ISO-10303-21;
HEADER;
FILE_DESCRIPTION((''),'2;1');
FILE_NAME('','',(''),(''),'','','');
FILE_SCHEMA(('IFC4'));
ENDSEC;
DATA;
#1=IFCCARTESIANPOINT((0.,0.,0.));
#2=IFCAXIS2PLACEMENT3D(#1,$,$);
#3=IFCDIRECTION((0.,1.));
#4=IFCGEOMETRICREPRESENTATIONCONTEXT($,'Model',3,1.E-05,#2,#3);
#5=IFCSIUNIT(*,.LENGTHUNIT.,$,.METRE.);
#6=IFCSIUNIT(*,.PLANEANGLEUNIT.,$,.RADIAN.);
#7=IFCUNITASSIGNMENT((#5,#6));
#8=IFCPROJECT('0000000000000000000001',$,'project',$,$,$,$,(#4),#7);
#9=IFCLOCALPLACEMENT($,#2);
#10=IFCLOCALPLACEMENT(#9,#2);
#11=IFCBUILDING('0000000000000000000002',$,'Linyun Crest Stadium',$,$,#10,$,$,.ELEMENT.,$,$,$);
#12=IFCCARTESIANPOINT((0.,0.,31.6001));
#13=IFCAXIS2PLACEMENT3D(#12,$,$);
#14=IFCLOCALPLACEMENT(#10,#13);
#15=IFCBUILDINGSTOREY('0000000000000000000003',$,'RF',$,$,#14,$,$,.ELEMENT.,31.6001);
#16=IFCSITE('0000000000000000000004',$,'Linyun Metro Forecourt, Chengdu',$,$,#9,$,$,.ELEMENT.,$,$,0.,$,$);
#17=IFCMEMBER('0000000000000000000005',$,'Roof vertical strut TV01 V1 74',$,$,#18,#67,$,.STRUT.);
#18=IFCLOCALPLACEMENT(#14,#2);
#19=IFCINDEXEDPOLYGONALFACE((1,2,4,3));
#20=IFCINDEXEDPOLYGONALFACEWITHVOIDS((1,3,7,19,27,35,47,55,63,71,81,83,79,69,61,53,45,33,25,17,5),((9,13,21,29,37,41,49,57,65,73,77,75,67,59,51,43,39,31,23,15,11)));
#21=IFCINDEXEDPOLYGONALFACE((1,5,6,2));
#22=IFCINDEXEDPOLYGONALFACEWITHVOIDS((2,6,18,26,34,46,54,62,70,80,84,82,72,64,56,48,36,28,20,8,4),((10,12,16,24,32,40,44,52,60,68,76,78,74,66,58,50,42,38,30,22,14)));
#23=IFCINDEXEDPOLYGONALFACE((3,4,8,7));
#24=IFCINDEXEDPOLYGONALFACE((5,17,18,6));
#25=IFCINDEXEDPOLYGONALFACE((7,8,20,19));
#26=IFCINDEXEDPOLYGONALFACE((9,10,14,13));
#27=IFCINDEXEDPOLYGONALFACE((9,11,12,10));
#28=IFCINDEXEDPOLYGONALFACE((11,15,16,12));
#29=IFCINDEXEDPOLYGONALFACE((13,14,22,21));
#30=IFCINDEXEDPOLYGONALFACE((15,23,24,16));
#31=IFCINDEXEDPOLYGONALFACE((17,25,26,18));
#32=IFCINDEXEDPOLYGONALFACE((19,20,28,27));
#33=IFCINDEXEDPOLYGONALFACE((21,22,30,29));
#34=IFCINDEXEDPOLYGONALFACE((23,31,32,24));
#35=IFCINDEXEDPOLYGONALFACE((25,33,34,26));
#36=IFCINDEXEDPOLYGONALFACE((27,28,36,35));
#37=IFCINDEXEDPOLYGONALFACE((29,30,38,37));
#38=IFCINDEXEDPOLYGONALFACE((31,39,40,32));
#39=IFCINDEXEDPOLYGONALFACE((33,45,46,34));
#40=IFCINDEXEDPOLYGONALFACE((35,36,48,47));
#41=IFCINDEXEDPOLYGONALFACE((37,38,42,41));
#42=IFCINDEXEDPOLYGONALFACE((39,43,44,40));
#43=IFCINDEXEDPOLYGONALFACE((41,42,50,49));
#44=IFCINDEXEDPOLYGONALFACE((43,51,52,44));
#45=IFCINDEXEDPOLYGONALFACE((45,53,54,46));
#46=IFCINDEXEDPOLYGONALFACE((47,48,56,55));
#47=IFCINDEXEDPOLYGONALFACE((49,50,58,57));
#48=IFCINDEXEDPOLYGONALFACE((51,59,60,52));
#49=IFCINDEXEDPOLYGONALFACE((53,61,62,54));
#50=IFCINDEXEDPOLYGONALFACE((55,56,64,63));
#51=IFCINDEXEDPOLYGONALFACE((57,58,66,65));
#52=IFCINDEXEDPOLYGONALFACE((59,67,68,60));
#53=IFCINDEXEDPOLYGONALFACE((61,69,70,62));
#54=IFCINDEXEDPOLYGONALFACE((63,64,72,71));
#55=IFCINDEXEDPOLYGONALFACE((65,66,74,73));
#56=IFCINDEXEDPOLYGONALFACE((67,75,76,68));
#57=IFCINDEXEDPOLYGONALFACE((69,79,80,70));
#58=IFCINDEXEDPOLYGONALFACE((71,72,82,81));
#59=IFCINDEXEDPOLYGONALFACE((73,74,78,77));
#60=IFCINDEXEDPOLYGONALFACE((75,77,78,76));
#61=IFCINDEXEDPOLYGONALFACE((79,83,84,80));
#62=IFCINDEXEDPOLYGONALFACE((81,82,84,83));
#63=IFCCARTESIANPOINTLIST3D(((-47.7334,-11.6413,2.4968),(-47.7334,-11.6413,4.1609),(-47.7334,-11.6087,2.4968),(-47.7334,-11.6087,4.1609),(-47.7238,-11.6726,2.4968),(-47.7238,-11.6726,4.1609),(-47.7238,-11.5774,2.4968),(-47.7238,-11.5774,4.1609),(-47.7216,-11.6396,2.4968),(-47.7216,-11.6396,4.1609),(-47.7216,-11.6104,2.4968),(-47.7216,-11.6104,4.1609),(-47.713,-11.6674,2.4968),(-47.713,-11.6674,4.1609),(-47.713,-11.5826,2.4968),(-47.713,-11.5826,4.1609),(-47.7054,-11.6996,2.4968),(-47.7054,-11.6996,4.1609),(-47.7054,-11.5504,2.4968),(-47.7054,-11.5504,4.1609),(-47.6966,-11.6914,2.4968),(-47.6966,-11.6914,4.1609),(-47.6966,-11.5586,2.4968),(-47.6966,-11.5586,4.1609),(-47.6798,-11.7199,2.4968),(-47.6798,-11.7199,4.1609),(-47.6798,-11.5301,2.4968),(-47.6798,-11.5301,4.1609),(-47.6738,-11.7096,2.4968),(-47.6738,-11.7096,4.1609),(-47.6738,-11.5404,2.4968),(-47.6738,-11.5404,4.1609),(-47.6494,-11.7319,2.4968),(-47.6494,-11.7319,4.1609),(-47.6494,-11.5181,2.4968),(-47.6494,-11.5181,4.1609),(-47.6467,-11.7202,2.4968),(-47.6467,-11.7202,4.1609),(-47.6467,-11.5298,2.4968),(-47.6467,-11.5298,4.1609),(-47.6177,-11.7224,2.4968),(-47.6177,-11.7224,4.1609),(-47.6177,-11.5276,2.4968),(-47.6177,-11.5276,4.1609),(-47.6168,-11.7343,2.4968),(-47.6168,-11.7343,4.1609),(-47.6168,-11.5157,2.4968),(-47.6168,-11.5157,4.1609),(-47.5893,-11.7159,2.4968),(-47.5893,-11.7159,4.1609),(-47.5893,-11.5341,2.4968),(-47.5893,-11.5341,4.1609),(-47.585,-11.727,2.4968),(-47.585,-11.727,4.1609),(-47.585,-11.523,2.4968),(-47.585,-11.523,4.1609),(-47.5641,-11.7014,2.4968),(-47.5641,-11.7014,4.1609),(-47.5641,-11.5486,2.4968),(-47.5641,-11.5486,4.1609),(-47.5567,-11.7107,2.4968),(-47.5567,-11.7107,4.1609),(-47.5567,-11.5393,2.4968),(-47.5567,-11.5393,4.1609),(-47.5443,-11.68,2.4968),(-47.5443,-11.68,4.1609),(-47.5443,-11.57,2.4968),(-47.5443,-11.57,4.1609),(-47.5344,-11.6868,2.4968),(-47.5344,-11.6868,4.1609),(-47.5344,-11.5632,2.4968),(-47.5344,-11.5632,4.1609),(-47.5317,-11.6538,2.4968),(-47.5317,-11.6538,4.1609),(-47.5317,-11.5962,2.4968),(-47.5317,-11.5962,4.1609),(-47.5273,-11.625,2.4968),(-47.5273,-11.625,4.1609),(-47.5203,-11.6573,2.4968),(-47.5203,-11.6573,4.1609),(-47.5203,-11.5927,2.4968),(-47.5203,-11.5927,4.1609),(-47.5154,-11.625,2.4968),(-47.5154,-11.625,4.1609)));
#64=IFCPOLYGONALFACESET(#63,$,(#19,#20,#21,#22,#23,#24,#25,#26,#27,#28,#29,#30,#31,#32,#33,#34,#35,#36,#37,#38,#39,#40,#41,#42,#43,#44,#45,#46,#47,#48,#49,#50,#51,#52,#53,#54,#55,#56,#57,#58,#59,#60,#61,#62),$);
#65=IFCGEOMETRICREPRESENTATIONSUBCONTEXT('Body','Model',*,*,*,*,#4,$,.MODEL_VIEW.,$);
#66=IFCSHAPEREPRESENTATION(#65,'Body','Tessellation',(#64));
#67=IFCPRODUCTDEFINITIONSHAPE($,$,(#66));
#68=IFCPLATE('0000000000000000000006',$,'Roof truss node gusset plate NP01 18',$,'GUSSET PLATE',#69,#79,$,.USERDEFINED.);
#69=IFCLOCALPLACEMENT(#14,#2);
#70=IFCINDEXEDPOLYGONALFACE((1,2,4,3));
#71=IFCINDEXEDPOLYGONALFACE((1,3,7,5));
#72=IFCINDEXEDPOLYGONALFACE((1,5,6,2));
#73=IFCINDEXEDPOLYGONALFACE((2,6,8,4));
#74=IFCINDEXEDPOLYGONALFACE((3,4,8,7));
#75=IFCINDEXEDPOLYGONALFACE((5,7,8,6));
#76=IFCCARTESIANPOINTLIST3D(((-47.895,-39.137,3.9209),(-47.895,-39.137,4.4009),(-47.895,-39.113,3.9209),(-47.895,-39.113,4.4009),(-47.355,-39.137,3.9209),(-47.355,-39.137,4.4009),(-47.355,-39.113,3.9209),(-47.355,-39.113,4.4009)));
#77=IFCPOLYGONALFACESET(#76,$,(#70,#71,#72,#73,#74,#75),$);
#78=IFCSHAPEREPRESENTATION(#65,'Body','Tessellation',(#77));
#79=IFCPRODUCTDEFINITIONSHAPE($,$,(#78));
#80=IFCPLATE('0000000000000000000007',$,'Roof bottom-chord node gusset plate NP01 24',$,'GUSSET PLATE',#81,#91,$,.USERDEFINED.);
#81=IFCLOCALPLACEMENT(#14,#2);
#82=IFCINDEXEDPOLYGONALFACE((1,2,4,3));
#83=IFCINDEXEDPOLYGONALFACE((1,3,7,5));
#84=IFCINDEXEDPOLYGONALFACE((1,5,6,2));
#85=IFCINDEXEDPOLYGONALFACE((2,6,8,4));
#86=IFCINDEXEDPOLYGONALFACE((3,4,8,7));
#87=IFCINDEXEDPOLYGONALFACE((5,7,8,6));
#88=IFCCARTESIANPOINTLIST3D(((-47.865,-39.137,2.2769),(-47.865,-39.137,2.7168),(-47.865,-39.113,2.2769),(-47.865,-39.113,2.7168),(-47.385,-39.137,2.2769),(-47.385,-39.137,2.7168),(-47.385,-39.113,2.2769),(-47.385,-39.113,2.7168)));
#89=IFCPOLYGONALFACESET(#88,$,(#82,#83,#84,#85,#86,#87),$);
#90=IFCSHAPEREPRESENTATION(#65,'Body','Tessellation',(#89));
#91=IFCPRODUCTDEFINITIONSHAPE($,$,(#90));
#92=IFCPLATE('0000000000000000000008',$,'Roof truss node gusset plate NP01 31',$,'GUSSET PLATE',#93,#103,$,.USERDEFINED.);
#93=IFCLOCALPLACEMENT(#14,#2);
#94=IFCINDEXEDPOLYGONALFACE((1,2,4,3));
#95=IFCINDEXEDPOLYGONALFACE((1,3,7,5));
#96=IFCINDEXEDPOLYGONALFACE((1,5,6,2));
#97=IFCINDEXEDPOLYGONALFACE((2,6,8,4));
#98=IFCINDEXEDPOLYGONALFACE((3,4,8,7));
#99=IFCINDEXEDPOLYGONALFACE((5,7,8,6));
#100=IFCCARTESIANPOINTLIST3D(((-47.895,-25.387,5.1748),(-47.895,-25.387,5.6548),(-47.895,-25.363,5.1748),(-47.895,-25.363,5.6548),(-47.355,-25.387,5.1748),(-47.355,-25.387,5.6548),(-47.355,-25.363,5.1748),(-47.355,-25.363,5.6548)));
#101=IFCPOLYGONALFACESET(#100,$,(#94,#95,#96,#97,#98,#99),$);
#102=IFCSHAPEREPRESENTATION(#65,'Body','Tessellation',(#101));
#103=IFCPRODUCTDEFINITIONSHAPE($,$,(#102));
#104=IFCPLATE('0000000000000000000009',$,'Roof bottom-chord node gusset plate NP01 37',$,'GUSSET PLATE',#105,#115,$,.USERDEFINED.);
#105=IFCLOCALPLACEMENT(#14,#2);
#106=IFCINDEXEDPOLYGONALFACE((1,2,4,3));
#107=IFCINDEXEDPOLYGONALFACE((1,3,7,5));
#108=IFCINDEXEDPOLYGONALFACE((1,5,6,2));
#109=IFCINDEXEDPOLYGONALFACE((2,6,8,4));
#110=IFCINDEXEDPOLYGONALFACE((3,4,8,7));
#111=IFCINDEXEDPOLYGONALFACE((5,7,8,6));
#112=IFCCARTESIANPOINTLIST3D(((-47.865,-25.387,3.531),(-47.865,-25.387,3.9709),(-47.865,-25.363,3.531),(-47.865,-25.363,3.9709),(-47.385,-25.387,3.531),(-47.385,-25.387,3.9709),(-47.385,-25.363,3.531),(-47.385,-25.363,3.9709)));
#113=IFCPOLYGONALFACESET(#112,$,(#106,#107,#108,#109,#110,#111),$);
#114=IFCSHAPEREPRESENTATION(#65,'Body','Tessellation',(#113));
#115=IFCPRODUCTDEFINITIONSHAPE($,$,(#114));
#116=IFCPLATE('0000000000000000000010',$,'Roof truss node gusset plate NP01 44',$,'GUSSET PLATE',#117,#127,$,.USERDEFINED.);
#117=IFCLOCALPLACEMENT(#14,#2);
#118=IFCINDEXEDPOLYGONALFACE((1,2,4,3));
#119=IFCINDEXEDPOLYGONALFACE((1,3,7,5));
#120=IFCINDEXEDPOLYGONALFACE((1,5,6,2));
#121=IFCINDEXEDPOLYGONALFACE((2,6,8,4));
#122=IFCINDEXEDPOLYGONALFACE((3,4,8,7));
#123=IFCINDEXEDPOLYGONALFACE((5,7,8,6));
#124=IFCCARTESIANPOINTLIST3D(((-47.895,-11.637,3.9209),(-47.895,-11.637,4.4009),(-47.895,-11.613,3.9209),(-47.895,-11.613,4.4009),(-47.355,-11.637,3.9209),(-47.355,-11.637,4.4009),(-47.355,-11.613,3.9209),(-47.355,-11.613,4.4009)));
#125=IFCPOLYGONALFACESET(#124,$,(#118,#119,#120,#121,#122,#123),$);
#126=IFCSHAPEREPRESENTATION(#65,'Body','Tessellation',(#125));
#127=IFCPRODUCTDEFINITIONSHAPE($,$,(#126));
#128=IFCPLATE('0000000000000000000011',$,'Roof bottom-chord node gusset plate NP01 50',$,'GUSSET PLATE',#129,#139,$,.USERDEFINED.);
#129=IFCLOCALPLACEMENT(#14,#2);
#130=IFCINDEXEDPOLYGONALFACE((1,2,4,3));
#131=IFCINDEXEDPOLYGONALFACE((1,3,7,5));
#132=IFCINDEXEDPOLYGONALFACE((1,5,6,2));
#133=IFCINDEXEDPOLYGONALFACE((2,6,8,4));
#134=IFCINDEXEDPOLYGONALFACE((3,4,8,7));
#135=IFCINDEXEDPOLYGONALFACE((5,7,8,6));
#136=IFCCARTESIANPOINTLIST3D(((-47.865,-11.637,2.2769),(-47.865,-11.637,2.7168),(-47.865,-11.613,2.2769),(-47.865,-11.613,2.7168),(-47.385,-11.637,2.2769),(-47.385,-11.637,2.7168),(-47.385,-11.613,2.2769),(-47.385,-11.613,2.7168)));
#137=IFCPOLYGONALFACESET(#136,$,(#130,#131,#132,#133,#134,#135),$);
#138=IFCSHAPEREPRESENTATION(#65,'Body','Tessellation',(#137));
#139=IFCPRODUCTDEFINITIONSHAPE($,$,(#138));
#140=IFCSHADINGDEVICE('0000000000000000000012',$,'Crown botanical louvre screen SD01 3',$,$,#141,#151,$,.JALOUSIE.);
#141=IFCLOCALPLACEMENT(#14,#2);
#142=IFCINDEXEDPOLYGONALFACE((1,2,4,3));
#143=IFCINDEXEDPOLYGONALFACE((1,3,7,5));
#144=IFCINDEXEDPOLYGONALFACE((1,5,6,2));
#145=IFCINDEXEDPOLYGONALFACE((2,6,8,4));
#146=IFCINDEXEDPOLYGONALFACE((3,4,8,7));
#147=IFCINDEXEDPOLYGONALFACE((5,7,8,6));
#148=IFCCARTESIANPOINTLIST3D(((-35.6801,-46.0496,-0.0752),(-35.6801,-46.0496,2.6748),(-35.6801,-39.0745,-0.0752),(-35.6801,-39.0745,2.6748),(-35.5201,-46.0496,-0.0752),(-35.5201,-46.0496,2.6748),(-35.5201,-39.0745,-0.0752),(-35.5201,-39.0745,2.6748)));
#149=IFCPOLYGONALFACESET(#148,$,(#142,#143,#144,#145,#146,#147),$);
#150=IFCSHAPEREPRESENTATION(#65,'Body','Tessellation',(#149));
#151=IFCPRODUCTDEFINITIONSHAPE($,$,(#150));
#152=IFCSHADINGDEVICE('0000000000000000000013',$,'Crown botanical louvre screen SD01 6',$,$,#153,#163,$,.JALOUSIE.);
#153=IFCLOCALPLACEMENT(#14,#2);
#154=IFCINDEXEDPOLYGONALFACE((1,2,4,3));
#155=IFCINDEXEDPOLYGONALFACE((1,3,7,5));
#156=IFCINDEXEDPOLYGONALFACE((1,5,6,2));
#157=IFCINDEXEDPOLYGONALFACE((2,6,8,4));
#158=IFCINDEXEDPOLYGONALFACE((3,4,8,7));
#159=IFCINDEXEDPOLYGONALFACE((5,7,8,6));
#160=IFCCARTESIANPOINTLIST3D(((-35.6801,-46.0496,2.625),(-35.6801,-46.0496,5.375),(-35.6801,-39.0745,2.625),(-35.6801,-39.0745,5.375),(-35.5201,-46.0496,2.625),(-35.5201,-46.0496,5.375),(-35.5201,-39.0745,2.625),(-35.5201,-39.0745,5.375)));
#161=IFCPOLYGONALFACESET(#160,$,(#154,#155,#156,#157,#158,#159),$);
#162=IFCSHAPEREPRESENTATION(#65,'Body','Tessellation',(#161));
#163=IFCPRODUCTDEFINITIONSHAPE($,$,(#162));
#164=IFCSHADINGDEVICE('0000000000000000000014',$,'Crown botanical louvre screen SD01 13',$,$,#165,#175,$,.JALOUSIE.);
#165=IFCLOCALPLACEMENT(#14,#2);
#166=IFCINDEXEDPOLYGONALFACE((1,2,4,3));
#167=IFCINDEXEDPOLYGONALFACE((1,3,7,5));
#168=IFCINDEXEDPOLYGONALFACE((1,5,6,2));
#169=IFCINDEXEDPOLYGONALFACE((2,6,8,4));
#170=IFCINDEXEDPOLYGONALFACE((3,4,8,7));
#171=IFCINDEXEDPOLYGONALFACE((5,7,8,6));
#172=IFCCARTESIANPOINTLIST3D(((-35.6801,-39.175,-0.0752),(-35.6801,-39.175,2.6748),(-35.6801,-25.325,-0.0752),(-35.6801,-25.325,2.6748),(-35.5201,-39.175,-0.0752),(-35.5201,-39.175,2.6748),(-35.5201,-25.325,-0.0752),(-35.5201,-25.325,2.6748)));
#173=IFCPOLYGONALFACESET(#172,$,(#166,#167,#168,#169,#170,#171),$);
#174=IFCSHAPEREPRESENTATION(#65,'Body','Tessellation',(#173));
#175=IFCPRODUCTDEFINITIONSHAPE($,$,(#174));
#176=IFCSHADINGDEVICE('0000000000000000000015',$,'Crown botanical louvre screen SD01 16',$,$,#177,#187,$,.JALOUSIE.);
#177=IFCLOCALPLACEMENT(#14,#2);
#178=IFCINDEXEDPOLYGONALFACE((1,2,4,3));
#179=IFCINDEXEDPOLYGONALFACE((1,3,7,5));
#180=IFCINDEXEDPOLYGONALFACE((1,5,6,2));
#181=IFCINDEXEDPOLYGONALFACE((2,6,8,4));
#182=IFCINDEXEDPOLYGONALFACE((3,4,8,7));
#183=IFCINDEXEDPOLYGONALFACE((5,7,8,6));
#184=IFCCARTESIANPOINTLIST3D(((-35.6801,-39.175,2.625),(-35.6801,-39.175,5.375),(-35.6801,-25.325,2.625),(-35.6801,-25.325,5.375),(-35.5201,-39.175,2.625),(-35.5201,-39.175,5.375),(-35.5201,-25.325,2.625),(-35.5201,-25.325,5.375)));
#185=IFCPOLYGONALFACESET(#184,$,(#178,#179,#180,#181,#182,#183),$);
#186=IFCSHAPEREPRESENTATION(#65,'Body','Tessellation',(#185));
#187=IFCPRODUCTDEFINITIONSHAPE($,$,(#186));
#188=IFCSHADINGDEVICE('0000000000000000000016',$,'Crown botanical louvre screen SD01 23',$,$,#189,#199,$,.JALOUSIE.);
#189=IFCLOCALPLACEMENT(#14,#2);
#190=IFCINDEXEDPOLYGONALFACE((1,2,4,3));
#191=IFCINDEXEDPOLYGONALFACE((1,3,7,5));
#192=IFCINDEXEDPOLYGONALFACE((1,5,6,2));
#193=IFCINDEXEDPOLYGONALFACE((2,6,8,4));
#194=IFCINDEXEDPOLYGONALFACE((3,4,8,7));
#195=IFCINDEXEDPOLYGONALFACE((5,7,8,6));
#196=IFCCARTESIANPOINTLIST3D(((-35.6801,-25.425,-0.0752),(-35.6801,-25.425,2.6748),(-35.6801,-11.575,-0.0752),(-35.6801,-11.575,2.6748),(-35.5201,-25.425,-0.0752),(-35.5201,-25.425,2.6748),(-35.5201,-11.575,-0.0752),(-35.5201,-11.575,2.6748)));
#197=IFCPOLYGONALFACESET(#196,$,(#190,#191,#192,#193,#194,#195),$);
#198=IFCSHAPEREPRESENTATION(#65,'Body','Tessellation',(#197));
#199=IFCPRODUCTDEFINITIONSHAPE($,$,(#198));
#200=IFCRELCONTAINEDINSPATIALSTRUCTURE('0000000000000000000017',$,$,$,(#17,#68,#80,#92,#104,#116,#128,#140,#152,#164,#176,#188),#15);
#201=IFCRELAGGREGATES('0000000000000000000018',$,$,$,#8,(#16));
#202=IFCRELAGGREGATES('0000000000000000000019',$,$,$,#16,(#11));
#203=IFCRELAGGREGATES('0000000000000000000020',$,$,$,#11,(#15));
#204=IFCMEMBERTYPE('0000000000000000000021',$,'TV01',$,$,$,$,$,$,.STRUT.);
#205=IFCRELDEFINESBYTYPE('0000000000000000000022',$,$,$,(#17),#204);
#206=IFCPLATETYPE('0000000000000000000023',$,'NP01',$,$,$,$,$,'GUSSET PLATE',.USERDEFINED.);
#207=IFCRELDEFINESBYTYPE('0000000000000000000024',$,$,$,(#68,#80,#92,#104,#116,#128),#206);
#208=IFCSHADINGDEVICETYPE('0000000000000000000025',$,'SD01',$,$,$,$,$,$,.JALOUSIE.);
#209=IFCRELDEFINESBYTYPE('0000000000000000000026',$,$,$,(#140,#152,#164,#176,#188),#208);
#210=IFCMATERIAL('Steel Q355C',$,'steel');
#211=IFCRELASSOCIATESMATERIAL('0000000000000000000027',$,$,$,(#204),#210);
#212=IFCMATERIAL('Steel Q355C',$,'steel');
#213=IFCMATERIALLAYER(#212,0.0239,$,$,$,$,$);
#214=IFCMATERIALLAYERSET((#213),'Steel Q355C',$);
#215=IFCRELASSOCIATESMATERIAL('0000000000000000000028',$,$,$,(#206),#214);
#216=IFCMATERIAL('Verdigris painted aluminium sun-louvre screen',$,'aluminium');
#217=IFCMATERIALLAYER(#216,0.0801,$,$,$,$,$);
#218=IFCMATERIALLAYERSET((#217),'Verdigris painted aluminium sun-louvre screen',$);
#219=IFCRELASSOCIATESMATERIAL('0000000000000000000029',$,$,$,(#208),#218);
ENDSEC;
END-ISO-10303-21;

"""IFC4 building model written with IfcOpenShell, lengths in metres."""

from ifc_helpers import new_model, si_unit, direction, frame, origin, origin_2d, place, context, subcontext, project, spatial, rectangle, hollow_circle, extrude, material, layer, layer_set, material_profile, profile_set, type_object, element, save


model = new_model("IFC4")

# Units and contexts
model_context = context("Model", 3, precision=1e-05, world=origin(), true_north=direction((0.0, 1.0)))
body_context = subcontext(model_context, "Body", "Model", "MODEL_VIEW")
ifc_project = project(units=[si_unit("LENGTHUNIT", "METRE"), si_unit("PLANEANGLEUNIT", "RADIAN")], contexts=[model_context])

# Site, building, storey
site_placement = place(None, origin())
site = spatial("IfcSite", under=ifc_project, at=site_placement, Name="Linyun Metro Forecourt, Chengdu", CompositionType="ELEMENT", RefElevation=0.0)
building_placement = place(site_placement, origin())
building = spatial("IfcBuilding", under=site, at=building_placement, Name="Linyun Crest Stadium", CompositionType="ELEMENT")
storey_placement = place(building_placement, frame((0.0, 0.0, 31.6001)))
storey = spatial("IfcBuildingStorey", under=building, at=storey_placement, Name="RF", CompositionType="ELEMENT", Elevation=31.6001)

# Member
ifc_material_1 = material(Name="Steel Q355C", Category="steel")
ifc_material_profile_1 = material_profile(ifc_material_1, hollow_circle(Radius=0.1096, WallThickness=0.012, at=origin_2d()), Name="CHS 219x12")
ifc_profile_set_1 = profile_set([ifc_material_profile_1], Name="Steel Q355C")
member_type_1 = type_object("IfcMemberType", Name="TV01", PredefinedType="STRUT", material=ifc_profile_set_1)
member_1_placement = place(storey_placement, frame((-47.625, -11.625, 2.4968), z_axis=(0.0, 0.0, 1.0), x_axis=(1.0, 0.0, 0.0)))
element("IfcMember", 1, at=member_1_placement, inside=storey, type_object=member_type_1, Name="Roof vertical strut TV01 V1 74", PredefinedType="STRUT", context=body_context, shape_type="SweptSolid", body=[
    extrude(hollow_circle(Radius=0.1096, WallThickness=0.012, at=origin_2d()), origin(), (0.0, 0.0, 1.0), 1.6641),
])

# Plates
ifc_material_2 = material(Name="Steel Q355C", Category="steel")
ifc_layer_1 = layer(ifc_material_2, 0.0239)
ifc_layer_set_1 = layer_set([ifc_layer_1], Name="Steel Q355C")
plate_type = type_object("IfcPlateType", Name="NP01", ElementType="GUSSET PLATE", PredefinedType="USERDEFINED", material=ifc_layer_set_1)
plate_1_placement = place(storey_placement, frame((-47.625, -39.125, 3.9209), z_axis=(0.0, 0.0, 1.0), x_axis=(1.0, 0.0, 0.0)))
element("IfcPlate", 2, at=plate_1_placement, inside=storey, type_object=plate_type, Name="Roof truss node gusset plate NP01 18", ObjectType="GUSSET PLATE", PredefinedType="USERDEFINED", context=body_context, shape_type="SweptSolid", body=[
    extrude(rectangle(XDim=0.54, YDim=0.0239, at=origin_2d()), origin(), (0.0, 0.0, 1.0), 0.48),
])
plate_2_placement = place(storey_placement, frame((-47.625, -39.125, 2.2769), z_axis=(0.0, 0.0, 1.0), x_axis=(1.0, 0.0, 0.0)))
element("IfcPlate", 3, at=plate_2_placement, inside=storey, type_object=plate_type, Name="Roof bottom-chord node gusset plate NP01 24", ObjectType="GUSSET PLATE", PredefinedType="USERDEFINED", context=body_context, shape_type="SweptSolid", body=[
    extrude(rectangle(XDim=0.48, YDim=0.0239, at=origin_2d()), origin(), (0.0, 0.0, 1.0), 0.4399),
])
plate_3_placement = place(storey_placement, frame((-47.625, -25.375, 5.1748), z_axis=(0.0, 0.0, 1.0), x_axis=(1.0, 0.0, 0.0)))
element("IfcPlate", 4, at=plate_3_placement, inside=storey, type_object=plate_type, Name="Roof truss node gusset plate NP01 31", ObjectType="GUSSET PLATE", PredefinedType="USERDEFINED", context=body_context, shape_type="SweptSolid", body=[
    extrude(rectangle(XDim=0.54, YDim=0.0239, at=origin_2d()), origin(), (0.0, 0.0, 1.0), 0.48),
])
plate_4_placement = place(storey_placement, frame((-47.625, -25.375, 3.531), z_axis=(0.0, 0.0, 1.0), x_axis=(1.0, 0.0, 0.0)))
element("IfcPlate", 5, at=plate_4_placement, inside=storey, type_object=plate_type, Name="Roof bottom-chord node gusset plate NP01 37", ObjectType="GUSSET PLATE", PredefinedType="USERDEFINED", context=body_context, shape_type="SweptSolid", body=[
    extrude(rectangle(XDim=0.48, YDim=0.0239, at=origin_2d()), origin(), (0.0, 0.0, 1.0), 0.4399),
])
plate_5_placement = place(storey_placement, frame((-47.625, -11.625, 3.9209), z_axis=(0.0, 0.0, 1.0), x_axis=(1.0, 0.0, 0.0)))
element("IfcPlate", 6, at=plate_5_placement, inside=storey, type_object=plate_type, Name="Roof truss node gusset plate NP01 44", ObjectType="GUSSET PLATE", PredefinedType="USERDEFINED", context=body_context, shape_type="SweptSolid", body=[
    extrude(rectangle(XDim=0.54, YDim=0.0239, at=origin_2d()), origin(), (0.0, 0.0, 1.0), 0.48),
])
plate_6_placement = place(storey_placement, frame((-47.625, -11.625, 2.2769), z_axis=(0.0, 0.0, 1.0), x_axis=(1.0, 0.0, 0.0)))
element("IfcPlate", 7, at=plate_6_placement, inside=storey, type_object=plate_type, Name="Roof bottom-chord node gusset plate NP01 50", ObjectType="GUSSET PLATE", PredefinedType="USERDEFINED", context=body_context, shape_type="SweptSolid", body=[
    extrude(rectangle(XDim=0.48, YDim=0.0239, at=origin_2d()), origin(), (0.0, 0.0, 1.0), 0.4399),
])

# Shading devices
ifc_material_3 = material(Name="Verdigris painted aluminium sun-louvre screen", Category="aluminium")
ifc_layer_2 = layer(ifc_material_3, 0.0801)
ifc_layer_set_2 = layer_set([ifc_layer_2], Name="Verdigris painted aluminium sun-louvre screen")
shading_device_type = type_object("IfcShadingDeviceType", Name="SD01", PredefinedType="JALOUSIE", material=ifc_layer_set_2)
for number, where, z_axis, x_axis, name in (
    (8, (-35.6001, -42.562, -0.0752), (0.0, 0.0, 1.0), (1.0, 0.0, 0.0), "Crown botanical louvre screen SD01 3"),
    (9, (-35.6001, -42.562, 2.625), (0.0, 0.0, 1.0), (1.0, 0.0, 0.0), "Crown botanical louvre screen SD01 6"),
):
    element("IfcShadingDevice", number, at=place(storey_placement, frame(where, z_axis=z_axis, x_axis=x_axis)), inside=storey, type_object=shading_device_type, Name=name, PredefinedType="JALOUSIE", context=body_context, shape_type="SweptSolid", body=[
        extrude(rectangle(XDim=0.1599, YDim=6.9751, at=origin_2d()), origin(), (0.0, 0.0, 1.0), 2.75),
    ])
for number, where, z_axis, x_axis, name in (
    (10, (-35.6001, -32.25, -0.0752), (0.0, 0.0, 1.0), (1.0, 0.0, 0.0), "Crown botanical louvre screen SD01 13"),
    (11, (-35.6001, -32.25, 2.625), (0.0, 0.0, 1.0), (1.0, 0.0, 0.0), "Crown botanical louvre screen SD01 16"),
    (12, (-35.6001, -18.5, -0.0752), (0.0, 0.0, 1.0), (1.0, 0.0, 0.0), "Crown botanical louvre screen SD01 23"),
):
    element("IfcShadingDevice", number, at=place(storey_placement, frame(where, z_axis=z_axis, x_axis=x_axis)), inside=storey, type_object=shading_device_type, Name=name, PredefinedType="JALOUSIE", context=body_context, shape_type="SweptSolid", body=[
        extrude(rectangle(XDim=0.1599, YDim=13.8501, at=origin_2d()), origin(), (0.0, 0.0, 1.0), 2.75),
    ])

save(model, "model.ifc")
